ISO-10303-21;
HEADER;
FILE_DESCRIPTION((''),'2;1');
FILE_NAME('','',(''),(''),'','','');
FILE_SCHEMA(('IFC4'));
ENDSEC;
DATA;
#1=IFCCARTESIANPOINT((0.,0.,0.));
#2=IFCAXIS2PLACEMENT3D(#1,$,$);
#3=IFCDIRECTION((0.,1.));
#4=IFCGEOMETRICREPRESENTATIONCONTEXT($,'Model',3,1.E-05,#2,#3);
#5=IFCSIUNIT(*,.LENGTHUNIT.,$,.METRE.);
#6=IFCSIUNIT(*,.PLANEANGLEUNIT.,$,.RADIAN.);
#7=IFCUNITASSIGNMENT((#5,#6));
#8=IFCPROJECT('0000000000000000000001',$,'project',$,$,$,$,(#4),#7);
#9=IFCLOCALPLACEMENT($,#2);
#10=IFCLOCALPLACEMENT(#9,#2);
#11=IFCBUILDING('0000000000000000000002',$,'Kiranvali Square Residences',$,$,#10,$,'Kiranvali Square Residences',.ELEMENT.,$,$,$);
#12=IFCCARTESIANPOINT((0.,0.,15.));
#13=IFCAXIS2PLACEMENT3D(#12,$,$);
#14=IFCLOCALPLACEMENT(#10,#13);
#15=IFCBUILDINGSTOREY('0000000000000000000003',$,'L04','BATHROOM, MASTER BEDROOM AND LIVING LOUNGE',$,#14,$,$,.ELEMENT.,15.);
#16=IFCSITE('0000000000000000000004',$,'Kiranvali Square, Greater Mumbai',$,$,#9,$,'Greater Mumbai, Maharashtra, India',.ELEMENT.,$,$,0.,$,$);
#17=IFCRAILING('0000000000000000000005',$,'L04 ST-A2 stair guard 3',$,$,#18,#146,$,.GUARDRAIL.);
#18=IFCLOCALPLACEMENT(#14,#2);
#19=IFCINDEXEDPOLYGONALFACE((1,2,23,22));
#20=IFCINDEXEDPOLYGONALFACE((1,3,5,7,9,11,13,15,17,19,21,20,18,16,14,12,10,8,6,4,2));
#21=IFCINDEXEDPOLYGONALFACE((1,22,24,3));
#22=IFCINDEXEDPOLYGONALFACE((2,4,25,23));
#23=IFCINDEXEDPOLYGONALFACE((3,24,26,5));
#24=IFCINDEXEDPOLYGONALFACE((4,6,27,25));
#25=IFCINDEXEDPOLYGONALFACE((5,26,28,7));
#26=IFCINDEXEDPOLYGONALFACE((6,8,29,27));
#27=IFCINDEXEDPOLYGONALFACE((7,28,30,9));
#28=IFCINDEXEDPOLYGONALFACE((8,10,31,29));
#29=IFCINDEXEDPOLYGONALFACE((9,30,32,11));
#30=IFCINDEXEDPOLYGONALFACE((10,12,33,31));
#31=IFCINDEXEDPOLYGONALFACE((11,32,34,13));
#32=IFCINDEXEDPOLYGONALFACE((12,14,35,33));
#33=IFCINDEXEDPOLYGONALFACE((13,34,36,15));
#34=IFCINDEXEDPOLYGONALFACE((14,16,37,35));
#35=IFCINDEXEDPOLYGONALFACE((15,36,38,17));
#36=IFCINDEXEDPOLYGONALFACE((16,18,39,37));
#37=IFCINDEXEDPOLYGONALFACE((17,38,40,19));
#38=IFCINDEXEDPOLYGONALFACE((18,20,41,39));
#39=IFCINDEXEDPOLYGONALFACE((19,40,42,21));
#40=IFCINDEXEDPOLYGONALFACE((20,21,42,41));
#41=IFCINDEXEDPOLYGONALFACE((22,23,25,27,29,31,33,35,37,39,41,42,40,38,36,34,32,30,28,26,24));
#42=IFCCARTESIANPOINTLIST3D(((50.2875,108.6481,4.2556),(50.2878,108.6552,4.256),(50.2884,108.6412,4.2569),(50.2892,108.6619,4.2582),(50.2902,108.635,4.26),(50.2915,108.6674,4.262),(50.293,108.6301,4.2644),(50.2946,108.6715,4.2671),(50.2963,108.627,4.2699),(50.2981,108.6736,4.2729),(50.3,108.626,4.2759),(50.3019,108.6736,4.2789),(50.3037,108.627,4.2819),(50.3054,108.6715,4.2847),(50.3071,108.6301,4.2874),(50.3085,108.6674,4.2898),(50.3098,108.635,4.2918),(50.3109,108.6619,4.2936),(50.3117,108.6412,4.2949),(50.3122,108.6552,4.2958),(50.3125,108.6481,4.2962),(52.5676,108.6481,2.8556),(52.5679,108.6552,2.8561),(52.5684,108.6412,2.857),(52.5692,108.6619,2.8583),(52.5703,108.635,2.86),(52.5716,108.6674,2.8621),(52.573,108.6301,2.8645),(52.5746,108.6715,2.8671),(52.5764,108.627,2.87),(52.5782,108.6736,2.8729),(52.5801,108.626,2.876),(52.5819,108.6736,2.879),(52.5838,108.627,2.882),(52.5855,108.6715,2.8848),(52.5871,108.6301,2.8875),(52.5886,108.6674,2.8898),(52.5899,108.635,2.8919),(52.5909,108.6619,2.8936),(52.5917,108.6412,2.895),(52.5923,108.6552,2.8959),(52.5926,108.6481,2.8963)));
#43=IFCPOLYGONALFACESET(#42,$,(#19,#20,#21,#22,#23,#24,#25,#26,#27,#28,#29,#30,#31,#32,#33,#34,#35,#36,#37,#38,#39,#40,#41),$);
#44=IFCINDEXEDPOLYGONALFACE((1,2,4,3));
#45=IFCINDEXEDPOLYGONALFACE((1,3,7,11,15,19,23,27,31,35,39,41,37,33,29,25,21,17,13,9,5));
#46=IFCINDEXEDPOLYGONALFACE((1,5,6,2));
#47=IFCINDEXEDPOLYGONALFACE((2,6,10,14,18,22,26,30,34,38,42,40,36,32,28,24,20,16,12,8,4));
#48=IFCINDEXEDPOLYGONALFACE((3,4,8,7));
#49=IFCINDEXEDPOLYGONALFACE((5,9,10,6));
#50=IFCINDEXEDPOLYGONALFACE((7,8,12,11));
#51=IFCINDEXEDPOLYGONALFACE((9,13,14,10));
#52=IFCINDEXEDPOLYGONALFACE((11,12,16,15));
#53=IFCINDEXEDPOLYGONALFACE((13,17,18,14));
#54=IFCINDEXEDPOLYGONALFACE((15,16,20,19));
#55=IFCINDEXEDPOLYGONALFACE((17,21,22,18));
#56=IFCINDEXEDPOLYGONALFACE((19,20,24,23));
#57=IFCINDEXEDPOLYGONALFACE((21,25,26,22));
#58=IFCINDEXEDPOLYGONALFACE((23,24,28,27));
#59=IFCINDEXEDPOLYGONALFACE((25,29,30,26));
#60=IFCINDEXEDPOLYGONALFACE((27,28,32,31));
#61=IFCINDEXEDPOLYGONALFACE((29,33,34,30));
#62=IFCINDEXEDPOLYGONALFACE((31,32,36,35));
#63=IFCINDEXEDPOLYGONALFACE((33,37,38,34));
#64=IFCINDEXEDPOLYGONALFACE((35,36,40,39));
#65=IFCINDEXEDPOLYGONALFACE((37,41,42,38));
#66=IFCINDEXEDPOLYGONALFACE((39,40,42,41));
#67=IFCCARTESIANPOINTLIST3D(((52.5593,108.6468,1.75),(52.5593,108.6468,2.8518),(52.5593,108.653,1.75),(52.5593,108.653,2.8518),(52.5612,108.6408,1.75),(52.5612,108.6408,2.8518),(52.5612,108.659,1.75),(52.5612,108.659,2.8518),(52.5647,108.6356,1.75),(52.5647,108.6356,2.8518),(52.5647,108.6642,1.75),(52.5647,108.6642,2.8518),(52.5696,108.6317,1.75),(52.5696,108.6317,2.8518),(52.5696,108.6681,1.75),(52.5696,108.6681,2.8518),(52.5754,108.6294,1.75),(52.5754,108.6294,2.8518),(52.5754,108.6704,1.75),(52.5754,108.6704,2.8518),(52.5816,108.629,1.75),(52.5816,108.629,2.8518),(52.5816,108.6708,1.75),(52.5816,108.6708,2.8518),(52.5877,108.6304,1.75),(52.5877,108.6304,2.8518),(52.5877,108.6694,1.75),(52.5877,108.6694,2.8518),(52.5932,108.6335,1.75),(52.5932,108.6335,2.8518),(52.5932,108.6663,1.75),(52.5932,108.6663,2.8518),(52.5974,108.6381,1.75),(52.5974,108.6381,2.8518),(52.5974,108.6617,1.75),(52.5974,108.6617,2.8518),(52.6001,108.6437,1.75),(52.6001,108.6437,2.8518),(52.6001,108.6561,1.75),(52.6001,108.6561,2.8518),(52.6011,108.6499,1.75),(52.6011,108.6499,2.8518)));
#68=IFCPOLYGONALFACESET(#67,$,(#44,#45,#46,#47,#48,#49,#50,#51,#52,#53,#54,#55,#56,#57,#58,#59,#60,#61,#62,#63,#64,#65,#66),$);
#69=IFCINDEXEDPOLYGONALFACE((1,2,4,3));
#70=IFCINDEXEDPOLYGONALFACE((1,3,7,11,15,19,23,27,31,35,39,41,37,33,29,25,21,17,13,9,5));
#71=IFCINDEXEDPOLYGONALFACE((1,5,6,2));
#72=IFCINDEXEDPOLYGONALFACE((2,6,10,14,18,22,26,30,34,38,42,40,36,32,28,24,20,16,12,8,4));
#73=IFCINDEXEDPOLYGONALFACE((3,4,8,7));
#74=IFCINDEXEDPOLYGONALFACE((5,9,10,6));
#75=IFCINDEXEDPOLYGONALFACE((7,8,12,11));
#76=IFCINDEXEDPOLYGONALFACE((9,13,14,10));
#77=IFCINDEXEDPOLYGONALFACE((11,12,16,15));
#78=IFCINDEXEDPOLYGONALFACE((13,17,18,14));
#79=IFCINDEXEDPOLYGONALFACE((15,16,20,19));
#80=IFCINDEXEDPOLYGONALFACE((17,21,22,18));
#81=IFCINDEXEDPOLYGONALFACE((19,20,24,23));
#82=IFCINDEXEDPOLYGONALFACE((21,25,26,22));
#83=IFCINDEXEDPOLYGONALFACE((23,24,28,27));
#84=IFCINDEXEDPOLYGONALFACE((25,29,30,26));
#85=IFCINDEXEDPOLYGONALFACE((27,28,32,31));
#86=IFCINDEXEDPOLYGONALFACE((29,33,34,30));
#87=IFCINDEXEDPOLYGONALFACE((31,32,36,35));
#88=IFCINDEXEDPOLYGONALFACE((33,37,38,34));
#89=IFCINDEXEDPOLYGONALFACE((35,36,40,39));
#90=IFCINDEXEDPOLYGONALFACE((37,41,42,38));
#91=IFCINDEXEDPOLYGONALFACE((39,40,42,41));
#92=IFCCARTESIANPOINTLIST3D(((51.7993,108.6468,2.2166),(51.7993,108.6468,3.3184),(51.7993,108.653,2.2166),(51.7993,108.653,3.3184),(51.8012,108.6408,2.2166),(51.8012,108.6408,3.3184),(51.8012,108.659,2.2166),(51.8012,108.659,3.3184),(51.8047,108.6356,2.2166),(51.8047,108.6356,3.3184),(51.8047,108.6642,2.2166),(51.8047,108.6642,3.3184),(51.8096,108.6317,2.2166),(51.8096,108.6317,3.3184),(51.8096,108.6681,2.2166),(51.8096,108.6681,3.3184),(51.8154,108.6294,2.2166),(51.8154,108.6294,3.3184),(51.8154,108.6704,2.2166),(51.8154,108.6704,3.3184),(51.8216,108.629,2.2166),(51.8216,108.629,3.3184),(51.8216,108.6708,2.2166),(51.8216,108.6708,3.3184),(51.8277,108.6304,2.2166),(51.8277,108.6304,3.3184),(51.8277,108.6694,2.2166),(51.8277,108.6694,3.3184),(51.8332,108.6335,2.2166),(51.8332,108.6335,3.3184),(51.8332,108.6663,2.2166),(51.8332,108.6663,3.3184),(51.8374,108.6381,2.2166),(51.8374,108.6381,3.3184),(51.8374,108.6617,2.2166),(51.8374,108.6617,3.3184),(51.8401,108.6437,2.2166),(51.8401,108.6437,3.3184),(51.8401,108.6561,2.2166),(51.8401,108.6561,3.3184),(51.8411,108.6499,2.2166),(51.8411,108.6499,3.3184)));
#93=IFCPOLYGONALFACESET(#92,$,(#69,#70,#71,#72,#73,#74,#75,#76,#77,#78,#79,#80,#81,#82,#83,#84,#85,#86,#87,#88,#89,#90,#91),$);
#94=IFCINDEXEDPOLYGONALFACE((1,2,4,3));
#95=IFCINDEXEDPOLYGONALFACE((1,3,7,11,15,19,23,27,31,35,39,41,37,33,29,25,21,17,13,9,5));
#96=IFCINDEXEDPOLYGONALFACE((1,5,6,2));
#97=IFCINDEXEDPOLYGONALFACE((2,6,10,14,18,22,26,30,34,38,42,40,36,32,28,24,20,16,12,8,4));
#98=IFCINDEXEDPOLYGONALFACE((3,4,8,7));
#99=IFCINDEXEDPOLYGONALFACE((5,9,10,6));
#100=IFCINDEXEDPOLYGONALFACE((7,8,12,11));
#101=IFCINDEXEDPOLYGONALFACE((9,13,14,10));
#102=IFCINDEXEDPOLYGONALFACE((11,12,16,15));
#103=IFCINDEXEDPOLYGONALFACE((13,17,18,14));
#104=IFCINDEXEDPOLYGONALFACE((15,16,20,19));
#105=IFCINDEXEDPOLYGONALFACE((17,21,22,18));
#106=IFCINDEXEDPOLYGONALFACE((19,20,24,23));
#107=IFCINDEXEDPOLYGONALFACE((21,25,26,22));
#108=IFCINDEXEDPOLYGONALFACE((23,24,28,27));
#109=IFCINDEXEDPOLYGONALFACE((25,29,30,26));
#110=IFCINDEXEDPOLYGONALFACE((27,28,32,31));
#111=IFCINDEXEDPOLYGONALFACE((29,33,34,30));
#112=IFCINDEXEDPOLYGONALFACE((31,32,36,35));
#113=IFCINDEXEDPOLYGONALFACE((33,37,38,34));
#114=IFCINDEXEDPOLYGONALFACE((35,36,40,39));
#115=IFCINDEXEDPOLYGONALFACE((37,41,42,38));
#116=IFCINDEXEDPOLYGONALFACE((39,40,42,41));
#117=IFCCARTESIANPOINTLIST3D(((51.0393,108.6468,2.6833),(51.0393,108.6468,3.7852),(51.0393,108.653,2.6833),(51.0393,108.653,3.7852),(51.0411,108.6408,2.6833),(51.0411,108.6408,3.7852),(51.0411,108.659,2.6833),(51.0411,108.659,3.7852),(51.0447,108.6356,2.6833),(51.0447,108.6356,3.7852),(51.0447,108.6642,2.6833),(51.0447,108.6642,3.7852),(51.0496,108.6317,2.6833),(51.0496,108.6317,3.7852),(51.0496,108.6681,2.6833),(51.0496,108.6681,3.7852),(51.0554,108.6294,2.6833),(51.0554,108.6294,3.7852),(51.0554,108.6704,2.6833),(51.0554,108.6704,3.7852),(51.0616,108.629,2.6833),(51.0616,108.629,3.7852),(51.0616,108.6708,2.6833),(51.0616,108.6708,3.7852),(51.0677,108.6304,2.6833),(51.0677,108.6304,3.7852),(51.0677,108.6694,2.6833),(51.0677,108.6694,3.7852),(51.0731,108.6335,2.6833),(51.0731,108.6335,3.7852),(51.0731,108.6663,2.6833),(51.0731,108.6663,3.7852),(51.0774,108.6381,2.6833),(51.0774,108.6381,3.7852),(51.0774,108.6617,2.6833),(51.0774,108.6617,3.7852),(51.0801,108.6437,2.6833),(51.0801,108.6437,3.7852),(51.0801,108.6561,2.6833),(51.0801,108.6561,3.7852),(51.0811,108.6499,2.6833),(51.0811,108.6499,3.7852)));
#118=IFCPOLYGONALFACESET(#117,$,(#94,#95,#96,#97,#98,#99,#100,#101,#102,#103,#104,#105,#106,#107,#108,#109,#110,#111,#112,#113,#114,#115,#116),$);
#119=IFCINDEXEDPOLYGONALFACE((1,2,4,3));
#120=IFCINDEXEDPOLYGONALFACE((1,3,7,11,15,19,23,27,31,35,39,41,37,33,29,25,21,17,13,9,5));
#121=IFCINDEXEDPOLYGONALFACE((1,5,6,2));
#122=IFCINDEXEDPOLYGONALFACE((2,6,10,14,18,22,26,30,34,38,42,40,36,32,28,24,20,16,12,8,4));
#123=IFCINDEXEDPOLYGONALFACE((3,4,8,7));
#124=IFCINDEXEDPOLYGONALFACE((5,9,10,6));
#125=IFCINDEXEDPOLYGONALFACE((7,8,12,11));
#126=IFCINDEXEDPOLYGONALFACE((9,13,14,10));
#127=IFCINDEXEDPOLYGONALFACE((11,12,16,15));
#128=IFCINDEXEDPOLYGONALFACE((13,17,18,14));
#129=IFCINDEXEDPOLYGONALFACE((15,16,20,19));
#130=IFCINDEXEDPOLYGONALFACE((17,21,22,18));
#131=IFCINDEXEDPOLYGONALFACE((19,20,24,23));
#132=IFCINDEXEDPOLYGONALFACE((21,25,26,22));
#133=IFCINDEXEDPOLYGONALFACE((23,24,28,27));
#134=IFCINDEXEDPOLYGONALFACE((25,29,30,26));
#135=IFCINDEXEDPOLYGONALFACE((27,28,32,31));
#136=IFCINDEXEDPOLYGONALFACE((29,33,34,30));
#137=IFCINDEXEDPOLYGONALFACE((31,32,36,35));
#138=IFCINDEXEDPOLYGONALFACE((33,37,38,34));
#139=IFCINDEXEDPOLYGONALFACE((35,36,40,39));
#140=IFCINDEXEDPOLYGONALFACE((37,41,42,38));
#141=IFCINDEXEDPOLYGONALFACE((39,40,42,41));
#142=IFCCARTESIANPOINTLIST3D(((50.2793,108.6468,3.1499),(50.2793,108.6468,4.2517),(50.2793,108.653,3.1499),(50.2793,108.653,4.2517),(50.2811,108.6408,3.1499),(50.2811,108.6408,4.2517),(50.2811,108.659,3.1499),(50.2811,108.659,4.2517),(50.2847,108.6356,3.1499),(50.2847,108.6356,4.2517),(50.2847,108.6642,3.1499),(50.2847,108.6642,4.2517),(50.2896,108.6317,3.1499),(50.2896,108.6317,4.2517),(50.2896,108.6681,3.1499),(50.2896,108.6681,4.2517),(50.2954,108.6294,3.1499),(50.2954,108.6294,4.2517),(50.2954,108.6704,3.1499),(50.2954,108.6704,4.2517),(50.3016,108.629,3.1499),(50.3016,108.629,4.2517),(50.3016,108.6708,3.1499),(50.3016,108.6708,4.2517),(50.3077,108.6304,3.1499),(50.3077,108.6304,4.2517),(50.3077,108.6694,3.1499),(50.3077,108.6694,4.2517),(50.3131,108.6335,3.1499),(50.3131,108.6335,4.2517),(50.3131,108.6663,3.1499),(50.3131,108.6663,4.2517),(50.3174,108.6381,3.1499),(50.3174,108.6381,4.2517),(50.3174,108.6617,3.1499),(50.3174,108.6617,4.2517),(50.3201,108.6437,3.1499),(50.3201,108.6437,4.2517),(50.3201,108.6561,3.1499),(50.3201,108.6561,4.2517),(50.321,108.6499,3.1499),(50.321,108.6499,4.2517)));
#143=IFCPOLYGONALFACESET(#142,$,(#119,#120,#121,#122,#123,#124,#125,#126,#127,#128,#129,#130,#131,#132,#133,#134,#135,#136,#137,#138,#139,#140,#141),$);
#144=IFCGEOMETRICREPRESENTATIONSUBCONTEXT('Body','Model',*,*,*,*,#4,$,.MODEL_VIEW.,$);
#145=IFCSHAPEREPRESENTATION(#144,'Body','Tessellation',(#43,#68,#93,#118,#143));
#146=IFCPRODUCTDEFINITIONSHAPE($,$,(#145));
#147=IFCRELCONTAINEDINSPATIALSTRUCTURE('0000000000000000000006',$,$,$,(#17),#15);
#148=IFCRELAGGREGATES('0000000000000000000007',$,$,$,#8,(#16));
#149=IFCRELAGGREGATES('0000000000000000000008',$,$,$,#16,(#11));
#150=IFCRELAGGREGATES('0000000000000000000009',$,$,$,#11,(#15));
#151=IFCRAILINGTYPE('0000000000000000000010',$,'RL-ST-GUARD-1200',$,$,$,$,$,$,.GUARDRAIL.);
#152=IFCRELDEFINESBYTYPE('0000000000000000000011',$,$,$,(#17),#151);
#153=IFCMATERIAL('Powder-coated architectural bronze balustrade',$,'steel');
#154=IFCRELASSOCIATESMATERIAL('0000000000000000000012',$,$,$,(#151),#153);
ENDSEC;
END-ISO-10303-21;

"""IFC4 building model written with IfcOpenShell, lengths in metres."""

from ifc_helpers import new_model, si_unit, direction, frame, origin, origin_2d, place, context, subcontext, project, spatial, circle, extrude, material, type_object, element, save


model = new_model("IFC4")

# Units and contexts
model_context = context("Model", 3, precision=1e-05, world=origin(), true_north=direction((0.0, 1.0)))
body_context = subcontext(model_context, "Body", "Model", "MODEL_VIEW")
ifc_project = project(units=[si_unit("LENGTHUNIT", "METRE"), si_unit("PLANEANGLEUNIT", "RADIAN")], contexts=[model_context])

# Site, building, storey
site_placement = place(None, origin())
site = spatial("IfcSite", under=ifc_project, at=site_placement, Name="Kiranvali Square, Greater Mumbai", LongName="Greater Mumbai, Maharashtra, India", CompositionType="ELEMENT", RefElevation=0.0)
building_placement = place(site_placement, origin())
building = spatial("IfcBuilding", under=site, at=building_placement, Name="Kiranvali Square Residences", LongName="Kiranvali Square Residences", CompositionType="ELEMENT")
storey_placement = place(building_placement, frame((0.0, 0.0, 15.0)))
storey = spatial("IfcBuildingStorey", under=building, at=storey_placement, Name="L04", Description="BATHROOM, MASTER BEDROOM AND LIVING LOUNGE", CompositionType="ELEMENT", Elevation=15.0)

# Railing
ifc_material_1 = material(Name="Powder-coated architectural bronze balustrade", Category="steel")
railing_type_1 = type_object("IfcRailingType", Name="RL-ST-GUARD-1200", PredefinedType="GUARDRAIL", material=ifc_material_1)
railing_1_placement = place(storey_placement, frame((52.5801, 108.6499, 1.75)))
element("IfcRailing", 1, at=railing_1_placement, inside=storey, type_object=railing_type_1, Name="L04 ST-A2 stair guard 3", PredefinedType="GUARDRAIL", context=body_context, shape_type="SweptSolid", body=[
    extrude(circle(Radius=0.0239, at=origin_2d()), frame((0.0, 0.0, 1.126), z_axis=(-0.85219, 0.0, 0.523232), x_axis=(0.0, -1.0, 0.0)), (0.0, 0.0, 1.0), 2.6755),
    extrude(circle(Radius=0.021, at=origin_2d()), origin(), (0.0, 0.0, 1.0), 1.1018),
    extrude(circle(Radius=0.021, at=origin_2d()), frame((-0.76, 0.0, 0.4666)), (0.0, 0.0, 1.0), 1.1018),
    extrude(circle(Radius=0.021, at=origin_2d()), frame((-1.52, 0.0, 0.9333)), (0.0, 0.0, 1.0), 1.1018),
    extrude(circle(Radius=0.021, at=origin_2d()), frame((-2.28, 0.0, 1.3999)), (0.0, 0.0, 1.0), 1.1018),
])

save(model, "model.ifc")
